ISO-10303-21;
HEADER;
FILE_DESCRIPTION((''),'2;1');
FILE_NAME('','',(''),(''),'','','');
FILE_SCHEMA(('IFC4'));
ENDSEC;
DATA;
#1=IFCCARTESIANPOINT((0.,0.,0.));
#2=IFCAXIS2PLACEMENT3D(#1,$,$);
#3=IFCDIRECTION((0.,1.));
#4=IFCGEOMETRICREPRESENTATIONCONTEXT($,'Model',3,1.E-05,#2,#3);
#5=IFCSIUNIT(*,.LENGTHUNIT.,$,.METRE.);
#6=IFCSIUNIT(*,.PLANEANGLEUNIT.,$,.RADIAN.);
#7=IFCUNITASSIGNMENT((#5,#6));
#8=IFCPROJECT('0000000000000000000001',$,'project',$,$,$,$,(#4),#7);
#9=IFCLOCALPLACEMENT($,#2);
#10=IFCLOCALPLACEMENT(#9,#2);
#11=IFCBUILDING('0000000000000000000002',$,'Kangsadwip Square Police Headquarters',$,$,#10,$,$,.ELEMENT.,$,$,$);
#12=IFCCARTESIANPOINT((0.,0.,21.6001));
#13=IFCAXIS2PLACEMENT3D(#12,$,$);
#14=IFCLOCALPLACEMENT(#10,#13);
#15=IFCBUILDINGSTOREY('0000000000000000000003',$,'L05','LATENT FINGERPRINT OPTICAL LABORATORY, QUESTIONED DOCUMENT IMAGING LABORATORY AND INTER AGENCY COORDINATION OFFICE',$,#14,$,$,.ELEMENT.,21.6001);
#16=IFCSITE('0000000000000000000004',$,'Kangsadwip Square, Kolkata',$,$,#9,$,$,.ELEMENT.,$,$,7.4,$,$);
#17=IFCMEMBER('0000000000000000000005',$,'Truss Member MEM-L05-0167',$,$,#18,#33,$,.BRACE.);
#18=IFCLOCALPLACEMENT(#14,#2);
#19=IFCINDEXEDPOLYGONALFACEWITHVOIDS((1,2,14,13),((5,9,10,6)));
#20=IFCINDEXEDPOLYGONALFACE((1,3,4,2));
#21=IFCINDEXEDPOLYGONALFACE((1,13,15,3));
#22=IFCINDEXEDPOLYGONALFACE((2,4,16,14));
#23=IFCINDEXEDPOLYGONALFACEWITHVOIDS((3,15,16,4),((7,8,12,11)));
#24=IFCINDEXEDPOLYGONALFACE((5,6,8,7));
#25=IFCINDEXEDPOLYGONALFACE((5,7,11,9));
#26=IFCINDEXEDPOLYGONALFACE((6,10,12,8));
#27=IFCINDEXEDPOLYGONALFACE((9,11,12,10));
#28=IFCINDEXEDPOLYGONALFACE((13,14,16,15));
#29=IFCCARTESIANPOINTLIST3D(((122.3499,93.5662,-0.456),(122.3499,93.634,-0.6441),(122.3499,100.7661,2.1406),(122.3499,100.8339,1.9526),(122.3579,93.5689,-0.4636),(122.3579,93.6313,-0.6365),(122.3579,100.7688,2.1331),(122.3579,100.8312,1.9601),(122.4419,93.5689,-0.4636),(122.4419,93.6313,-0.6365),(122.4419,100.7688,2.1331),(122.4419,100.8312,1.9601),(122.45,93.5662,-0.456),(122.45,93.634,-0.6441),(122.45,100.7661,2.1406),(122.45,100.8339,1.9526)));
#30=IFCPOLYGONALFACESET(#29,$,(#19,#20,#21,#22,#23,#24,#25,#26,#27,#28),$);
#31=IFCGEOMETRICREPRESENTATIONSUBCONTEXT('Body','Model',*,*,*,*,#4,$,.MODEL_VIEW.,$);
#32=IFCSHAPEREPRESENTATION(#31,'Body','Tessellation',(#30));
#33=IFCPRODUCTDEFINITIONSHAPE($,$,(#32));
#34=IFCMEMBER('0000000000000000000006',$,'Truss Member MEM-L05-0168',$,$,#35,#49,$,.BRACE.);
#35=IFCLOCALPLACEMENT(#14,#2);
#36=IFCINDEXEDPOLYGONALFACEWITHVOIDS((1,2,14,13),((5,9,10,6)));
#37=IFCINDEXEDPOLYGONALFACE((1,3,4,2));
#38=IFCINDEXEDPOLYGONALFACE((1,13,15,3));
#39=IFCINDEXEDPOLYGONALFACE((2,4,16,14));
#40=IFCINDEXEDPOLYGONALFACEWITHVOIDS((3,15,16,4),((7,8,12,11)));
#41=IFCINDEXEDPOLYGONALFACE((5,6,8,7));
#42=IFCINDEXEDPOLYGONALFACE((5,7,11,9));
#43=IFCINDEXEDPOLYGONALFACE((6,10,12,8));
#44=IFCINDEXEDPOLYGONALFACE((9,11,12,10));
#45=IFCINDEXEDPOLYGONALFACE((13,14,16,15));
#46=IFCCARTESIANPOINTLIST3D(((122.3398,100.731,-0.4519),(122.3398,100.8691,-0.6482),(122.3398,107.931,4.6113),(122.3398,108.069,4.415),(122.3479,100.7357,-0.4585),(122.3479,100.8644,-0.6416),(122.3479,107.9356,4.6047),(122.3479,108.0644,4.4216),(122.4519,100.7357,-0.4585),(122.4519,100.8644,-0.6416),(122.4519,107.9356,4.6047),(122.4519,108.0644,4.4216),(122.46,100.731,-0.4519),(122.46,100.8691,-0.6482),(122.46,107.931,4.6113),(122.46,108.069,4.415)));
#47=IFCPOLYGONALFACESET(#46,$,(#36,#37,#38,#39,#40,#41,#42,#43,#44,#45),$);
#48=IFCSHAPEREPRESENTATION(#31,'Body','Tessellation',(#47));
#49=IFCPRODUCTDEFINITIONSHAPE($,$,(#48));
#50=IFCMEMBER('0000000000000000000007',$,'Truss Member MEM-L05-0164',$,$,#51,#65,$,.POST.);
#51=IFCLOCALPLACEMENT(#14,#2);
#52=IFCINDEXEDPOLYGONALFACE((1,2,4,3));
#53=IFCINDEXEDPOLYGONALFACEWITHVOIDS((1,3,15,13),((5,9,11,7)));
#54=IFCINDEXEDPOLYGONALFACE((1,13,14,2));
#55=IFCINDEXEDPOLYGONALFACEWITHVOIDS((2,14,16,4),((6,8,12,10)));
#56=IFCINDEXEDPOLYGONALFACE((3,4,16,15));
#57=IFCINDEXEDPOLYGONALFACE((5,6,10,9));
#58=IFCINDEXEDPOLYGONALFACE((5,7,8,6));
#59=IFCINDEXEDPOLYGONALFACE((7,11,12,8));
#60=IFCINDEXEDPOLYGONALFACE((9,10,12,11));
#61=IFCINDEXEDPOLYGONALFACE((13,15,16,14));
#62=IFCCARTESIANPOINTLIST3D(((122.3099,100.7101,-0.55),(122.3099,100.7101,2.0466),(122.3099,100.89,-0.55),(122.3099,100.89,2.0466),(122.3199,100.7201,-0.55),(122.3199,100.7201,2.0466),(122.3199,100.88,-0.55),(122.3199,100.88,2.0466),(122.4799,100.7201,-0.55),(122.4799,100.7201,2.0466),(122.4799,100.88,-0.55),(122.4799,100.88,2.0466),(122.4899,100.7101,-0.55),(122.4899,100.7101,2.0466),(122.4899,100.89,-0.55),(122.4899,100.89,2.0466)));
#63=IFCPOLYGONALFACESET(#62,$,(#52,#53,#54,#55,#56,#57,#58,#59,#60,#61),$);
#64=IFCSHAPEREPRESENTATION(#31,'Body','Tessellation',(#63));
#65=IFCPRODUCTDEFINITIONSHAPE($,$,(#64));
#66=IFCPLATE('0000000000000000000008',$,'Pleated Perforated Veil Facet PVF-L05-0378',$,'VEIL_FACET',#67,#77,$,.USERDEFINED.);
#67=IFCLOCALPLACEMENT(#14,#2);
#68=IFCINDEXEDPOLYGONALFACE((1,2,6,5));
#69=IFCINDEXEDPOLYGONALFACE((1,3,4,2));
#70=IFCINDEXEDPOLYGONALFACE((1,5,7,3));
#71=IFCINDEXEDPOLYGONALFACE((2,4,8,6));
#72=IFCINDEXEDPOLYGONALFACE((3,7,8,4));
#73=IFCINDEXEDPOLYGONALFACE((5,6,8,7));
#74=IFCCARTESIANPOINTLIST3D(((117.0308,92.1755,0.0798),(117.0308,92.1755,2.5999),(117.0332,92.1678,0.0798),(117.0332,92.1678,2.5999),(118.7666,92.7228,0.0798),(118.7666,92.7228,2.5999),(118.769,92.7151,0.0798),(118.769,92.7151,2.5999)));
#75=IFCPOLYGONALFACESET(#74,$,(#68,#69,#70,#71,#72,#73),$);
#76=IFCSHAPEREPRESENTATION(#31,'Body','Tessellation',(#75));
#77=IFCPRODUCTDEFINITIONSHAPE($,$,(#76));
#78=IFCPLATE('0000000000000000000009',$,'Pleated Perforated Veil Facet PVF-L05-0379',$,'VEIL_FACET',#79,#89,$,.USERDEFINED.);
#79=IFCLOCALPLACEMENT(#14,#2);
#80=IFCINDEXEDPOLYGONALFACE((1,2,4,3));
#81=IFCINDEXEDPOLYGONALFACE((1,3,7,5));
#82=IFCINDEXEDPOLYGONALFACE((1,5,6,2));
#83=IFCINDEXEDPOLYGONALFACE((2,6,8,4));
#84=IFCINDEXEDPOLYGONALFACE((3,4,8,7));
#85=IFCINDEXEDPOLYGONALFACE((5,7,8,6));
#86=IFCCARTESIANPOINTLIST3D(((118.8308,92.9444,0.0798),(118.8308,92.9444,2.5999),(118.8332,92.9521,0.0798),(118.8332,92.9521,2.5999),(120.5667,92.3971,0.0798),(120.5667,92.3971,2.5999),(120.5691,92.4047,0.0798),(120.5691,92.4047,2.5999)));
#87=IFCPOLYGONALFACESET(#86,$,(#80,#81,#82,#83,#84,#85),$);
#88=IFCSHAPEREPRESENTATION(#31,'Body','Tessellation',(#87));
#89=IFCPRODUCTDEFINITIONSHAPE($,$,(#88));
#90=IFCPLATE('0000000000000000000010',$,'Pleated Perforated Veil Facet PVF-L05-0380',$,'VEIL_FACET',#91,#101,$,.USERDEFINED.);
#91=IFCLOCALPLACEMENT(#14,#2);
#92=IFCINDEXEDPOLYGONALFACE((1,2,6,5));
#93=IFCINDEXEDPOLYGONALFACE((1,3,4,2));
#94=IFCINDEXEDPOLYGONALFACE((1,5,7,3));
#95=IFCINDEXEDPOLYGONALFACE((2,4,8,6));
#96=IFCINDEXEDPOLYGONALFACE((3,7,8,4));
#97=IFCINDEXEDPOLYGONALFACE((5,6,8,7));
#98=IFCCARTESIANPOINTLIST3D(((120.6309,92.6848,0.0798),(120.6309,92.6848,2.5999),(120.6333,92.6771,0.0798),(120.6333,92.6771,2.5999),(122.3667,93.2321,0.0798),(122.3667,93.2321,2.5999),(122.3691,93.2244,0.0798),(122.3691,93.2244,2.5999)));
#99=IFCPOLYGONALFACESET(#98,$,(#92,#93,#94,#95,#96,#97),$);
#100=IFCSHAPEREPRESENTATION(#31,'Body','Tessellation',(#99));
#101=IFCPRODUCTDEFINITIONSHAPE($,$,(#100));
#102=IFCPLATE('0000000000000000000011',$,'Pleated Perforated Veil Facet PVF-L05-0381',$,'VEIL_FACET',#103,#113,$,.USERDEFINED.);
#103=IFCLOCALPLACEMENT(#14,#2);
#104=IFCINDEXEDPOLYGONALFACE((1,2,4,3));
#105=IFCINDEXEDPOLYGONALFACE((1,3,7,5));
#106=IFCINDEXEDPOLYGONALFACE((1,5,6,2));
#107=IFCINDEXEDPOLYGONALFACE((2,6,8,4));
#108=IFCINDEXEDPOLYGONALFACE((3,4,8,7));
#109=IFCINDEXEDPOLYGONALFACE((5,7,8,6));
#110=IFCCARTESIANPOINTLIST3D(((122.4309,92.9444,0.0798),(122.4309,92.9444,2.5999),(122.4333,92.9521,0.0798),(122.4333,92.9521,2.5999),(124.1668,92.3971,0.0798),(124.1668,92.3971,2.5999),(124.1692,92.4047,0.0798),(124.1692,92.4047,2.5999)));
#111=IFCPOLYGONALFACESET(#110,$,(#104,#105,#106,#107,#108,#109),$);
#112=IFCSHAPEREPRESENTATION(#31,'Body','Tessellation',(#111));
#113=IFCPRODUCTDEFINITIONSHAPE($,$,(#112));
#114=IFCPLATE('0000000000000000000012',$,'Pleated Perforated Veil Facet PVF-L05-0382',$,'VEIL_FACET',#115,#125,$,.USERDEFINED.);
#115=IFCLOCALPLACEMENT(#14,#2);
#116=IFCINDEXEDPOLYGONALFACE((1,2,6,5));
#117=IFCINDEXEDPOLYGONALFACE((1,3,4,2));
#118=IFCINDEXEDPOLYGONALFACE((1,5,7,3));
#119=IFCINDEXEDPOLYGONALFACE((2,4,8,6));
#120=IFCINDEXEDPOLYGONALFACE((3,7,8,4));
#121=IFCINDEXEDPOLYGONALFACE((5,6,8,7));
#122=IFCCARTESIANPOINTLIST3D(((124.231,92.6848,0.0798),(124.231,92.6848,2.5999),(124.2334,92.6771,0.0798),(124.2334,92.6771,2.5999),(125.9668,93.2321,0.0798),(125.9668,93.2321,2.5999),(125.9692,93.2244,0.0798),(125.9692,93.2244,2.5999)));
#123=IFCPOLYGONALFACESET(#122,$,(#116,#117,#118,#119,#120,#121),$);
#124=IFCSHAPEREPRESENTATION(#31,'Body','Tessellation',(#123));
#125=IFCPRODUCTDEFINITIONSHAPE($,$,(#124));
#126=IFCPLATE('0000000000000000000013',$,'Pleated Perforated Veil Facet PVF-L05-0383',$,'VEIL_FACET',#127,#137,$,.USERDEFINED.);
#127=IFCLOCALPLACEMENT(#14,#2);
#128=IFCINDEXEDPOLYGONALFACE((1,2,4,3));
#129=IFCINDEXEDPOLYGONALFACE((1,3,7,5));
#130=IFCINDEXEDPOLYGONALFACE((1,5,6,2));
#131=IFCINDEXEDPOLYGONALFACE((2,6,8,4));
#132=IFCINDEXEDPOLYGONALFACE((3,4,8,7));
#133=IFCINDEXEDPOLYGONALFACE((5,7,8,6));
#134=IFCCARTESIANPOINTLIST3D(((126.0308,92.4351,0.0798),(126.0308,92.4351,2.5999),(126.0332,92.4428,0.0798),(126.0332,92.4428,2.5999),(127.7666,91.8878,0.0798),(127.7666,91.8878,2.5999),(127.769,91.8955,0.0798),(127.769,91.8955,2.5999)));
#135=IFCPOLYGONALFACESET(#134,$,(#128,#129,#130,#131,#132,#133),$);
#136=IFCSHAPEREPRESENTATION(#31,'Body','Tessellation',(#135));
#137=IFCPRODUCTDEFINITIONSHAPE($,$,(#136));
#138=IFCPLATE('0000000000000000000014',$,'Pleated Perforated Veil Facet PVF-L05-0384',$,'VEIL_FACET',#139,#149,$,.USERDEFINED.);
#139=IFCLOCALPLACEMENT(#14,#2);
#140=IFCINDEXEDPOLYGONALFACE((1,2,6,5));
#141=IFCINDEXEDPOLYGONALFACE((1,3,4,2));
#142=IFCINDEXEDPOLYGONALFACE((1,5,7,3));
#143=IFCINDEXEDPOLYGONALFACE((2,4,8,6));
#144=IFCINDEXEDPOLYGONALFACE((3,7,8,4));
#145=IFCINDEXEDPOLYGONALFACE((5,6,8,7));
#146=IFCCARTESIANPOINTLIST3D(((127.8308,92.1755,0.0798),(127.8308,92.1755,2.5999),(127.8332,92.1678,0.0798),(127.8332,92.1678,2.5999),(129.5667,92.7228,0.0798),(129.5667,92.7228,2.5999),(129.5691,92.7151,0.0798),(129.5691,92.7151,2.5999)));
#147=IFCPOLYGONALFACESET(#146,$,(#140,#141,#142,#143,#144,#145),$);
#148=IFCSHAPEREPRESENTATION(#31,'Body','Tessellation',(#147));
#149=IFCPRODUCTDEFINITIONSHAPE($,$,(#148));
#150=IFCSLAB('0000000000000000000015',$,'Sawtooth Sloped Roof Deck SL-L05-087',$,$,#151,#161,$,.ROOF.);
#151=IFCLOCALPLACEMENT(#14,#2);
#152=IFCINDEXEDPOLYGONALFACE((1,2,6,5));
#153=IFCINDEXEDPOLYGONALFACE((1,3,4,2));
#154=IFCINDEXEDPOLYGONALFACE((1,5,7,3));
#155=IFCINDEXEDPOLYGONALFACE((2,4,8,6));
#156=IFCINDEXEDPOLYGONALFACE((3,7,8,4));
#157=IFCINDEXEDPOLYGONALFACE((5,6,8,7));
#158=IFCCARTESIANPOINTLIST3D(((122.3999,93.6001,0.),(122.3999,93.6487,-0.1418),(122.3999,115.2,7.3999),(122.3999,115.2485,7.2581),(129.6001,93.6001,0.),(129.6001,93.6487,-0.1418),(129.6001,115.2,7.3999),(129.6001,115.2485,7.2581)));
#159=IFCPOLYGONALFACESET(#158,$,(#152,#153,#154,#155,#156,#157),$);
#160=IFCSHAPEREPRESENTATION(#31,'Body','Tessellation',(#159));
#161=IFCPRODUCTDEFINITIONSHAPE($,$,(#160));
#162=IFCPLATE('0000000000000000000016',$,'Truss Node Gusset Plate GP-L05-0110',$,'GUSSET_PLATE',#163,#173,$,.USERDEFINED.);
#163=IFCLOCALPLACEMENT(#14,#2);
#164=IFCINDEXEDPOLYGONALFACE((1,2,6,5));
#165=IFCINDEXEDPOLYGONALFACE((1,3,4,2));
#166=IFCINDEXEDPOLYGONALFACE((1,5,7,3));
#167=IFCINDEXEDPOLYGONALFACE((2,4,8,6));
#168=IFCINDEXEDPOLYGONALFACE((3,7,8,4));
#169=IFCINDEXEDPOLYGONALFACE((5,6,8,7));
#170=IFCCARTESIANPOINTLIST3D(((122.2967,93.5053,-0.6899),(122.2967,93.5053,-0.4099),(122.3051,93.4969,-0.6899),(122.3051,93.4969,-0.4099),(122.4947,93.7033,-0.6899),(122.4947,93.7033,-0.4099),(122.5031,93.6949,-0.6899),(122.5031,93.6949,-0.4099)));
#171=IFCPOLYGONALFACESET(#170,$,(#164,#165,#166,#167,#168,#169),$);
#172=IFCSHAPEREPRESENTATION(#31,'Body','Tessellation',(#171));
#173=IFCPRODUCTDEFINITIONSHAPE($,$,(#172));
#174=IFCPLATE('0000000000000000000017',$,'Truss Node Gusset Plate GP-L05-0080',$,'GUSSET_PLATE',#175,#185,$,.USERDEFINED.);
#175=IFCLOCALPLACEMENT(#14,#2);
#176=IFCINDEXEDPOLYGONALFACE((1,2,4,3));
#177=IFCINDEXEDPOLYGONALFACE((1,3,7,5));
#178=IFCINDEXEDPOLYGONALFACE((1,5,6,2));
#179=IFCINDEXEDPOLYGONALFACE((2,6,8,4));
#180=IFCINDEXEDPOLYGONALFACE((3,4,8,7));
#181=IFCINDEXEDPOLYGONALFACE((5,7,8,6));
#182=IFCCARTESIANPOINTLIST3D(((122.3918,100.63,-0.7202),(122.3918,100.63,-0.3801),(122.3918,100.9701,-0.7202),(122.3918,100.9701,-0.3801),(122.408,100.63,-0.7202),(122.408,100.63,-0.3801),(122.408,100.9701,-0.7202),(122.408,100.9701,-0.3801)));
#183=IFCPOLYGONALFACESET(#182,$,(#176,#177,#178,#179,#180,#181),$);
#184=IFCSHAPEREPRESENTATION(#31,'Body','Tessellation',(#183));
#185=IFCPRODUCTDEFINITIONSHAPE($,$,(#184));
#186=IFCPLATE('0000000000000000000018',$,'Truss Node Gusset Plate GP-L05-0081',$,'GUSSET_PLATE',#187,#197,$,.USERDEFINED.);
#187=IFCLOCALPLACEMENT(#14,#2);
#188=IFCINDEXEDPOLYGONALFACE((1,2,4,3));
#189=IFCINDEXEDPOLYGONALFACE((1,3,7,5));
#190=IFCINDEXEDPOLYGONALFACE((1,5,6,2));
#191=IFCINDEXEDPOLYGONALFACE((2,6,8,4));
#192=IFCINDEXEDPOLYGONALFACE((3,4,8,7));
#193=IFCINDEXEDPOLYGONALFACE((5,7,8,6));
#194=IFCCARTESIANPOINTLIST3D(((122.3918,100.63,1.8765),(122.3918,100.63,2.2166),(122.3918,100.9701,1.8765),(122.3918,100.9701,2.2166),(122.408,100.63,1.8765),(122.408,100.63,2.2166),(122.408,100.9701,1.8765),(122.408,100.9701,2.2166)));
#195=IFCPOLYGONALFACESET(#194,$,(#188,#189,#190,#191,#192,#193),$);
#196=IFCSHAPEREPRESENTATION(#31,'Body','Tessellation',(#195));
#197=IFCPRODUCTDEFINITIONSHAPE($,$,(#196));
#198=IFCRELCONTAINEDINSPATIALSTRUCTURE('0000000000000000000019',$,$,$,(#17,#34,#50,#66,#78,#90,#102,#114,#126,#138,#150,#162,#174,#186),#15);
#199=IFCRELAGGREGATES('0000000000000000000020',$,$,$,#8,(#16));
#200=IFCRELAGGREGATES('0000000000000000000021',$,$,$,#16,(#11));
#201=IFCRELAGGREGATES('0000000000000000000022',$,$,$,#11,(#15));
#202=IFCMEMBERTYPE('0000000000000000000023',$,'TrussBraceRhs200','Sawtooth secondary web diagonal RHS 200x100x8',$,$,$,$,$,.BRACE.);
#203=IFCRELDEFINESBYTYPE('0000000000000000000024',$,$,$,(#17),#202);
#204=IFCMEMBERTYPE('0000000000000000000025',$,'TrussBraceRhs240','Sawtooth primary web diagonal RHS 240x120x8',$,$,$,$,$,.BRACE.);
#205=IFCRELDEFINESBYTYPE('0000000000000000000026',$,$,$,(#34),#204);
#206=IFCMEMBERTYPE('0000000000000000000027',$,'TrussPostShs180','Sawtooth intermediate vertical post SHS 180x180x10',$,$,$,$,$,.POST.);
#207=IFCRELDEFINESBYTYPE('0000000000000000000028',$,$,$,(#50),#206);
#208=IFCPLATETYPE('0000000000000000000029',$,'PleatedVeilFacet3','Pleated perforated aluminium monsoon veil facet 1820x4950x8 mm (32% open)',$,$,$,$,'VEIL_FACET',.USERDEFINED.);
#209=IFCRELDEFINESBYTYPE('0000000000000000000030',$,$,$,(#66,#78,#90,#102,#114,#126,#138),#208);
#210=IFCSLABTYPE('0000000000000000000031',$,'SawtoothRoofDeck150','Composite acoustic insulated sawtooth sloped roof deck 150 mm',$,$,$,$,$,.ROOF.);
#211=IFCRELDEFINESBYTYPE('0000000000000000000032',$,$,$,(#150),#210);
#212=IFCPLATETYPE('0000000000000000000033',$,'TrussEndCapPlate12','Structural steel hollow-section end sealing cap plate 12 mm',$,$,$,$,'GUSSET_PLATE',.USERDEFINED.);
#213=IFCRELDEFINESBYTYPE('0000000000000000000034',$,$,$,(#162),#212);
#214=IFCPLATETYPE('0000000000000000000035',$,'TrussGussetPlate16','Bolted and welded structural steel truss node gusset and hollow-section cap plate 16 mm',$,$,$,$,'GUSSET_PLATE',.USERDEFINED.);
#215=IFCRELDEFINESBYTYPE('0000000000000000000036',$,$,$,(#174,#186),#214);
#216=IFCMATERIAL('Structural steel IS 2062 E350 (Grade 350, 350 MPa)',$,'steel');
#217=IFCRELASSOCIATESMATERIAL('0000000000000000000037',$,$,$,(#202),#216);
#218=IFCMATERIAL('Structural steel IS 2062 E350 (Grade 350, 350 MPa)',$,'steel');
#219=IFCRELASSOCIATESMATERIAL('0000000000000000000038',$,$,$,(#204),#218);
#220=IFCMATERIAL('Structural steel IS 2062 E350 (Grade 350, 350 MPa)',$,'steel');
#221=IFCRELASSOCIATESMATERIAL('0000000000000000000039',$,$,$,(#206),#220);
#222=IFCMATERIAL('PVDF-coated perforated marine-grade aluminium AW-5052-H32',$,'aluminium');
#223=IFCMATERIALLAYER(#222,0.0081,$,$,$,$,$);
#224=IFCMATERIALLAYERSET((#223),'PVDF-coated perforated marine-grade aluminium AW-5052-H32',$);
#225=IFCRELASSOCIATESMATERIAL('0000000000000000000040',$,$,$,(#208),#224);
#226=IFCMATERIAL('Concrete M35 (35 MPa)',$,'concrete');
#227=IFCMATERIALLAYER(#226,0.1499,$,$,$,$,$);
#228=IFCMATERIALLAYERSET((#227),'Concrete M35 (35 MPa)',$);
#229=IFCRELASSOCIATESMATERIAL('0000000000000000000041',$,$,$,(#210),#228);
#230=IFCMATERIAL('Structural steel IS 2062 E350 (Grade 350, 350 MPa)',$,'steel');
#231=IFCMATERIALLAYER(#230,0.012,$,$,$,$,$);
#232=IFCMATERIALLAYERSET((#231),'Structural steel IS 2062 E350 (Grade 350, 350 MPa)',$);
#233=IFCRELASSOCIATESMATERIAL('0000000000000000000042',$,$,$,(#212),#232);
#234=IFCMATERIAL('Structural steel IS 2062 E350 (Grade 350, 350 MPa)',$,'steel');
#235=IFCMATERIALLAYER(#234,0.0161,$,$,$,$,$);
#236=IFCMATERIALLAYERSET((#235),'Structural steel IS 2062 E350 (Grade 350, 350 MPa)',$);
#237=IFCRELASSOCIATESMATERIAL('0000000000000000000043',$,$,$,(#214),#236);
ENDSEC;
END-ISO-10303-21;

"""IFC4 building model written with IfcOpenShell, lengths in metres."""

from ifc_helpers import new_model, si_unit, direction, frame, origin, origin_2d, place, context, subcontext, project, spatial, polyline, rectangle, hollow_rectangle, outline, extrude, material, layer, layer_set, material_profile, profile_set, type_object, element, save


model = new_model("IFC4")

# Units and contexts
model_context = context("Model", 3, precision=1e-05, world=origin(), true_north=direction((0.0, 1.0)))
body_context = subcontext(model_context, "Body", "Model", "MODEL_VIEW")
ifc_project = project(units=[si_unit("LENGTHUNIT", "METRE"), si_unit("PLANEANGLEUNIT", "RADIAN")], contexts=[model_context])

# Site, building, storey
site_placement = place(None, origin())
site = spatial("IfcSite", under=ifc_project, at=site_placement, Name="Kangsadwip Square, Kolkata", CompositionType="ELEMENT", RefElevation=7.4)
building_placement = place(site_placement, origin())
building = spatial("IfcBuilding", under=site, at=building_placement, Name="Kangsadwip Square Police Headquarters", CompositionType="ELEMENT")
storey_placement = place(building_placement, frame((0.0, 0.0, 21.6001)))
storey = spatial("IfcBuildingStorey", under=building, at=storey_placement, Name="L05", Description="LATENT FINGERPRINT OPTICAL LABORATORY, QUESTIONED DOCUMENT IMAGING LABORATORY AND INTER AGENCY COORDINATION OFFICE", CompositionType="ELEMENT", Elevation=21.6001)

# Members
ifc_material_1 = material(Name="Structural steel IS 2062 E350 (Grade 350, 350 MPa)", Category="steel")
ifc_material_profile_1 = material_profile(ifc_material_1, hollow_rectangle(XDim=0.1001, YDim=0.2, WallThickness=0.0081, at=origin_2d()), Name="RHS 200X100X8")
ifc_profile_set_1 = profile_set([ifc_material_profile_1], Name="Structural steel IS 2062 E350 (Grade 350, 350 MPa)")
member_type_1 = type_object("IfcMemberType", Name="TrussBraceRhs200", Description="Sawtooth secondary web diagonal RHS 200x100x8", PredefinedType="BRACE", material=ifc_profile_set_1)
member_1_placement = place(storey_placement, frame((122.3999, 93.6001, -0.55), z_axis=(0.0, 0.940692, 0.339263), x_axis=(-1.0, 0.0, 0.0)))
element("IfcMember", 1, at=member_1_placement, inside=storey, type_object=member_type_1, Name="Truss Member MEM-L05-0167", PredefinedType="BRACE", context=body_context, shape_type="SweptSolid", body=[
    extrude(hollow_rectangle(XDim=0.1001, YDim=0.2, WallThickness=0.0081, at=origin_2d()), origin(), (0.0, 0.0, 1.0), 7.6538),
])
ifc_material_2 = material(Name="Structural steel IS 2062 E350 (Grade 350, 350 MPa)", Category="steel")
ifc_material_profile_2 = material_profile(ifc_material_2, hollow_rectangle(XDim=0.1201, YDim=0.24, WallThickness=0.0081, at=origin_2d()), Name="RHS 240X120X8")
ifc_profile_set_2 = profile_set([ifc_material_profile_2], Name="Structural steel IS 2062 E350 (Grade 350, 350 MPa)")
member_type_2 = type_object("IfcMemberType", Name="TrussBraceRhs240", Description="Sawtooth primary web diagonal RHS 240x120x8", PredefinedType="BRACE", material=ifc_profile_set_2)
member_2_placement = place(storey_placement, frame((122.3999, 100.8, -0.55), z_axis=(0.0, 0.817988, 0.575235), x_axis=(-1.0, 0.0, 0.0)))
element("IfcMember", 2, at=member_2_placement, inside=storey, type_object=member_type_2, Name="Truss Member MEM-L05-0168", PredefinedType="BRACE", context=body_context, shape_type="SweptSolid", body=[
    extrude(hollow_rectangle(XDim=0.1201, YDim=0.24, WallThickness=0.0081, at=origin_2d()), origin(), (0.0, 0.0, 1.0), 8.802),
])
ifc_material_3 = material(Name="Structural steel IS 2062 E350 (Grade 350, 350 MPa)", Category="steel")
ifc_material_profile_3 = material_profile(ifc_material_3, hollow_rectangle(XDim=0.1799, YDim=0.1799, WallThickness=0.01, at=origin_2d()), Name="SHS 180X180X10")
ifc_profile_set_3 = profile_set([ifc_material_profile_3], Name="Structural steel IS 2062 E350 (Grade 350, 350 MPa)")
member_type_3 = type_object("IfcMemberType", Name="TrussPostShs180", Description="Sawtooth intermediate vertical post SHS 180x180x10", PredefinedType="POST", material=ifc_profile_set_3)
member_3_placement = place(storey_placement, frame((122.3999, 100.8, -0.55), z_axis=(0.0, 0.0, 1.0), x_axis=(1.0, 0.0, 0.0)))
element("IfcMember", 3, at=member_3_placement, inside=storey, type_object=member_type_3, Name="Truss Member MEM-L05-0164", PredefinedType="POST", context=body_context, shape_type="SweptSolid", body=[
    extrude(hollow_rectangle(XDim=0.1799, YDim=0.1799, WallThickness=0.01, at=origin_2d()), origin(), (0.0, 0.0, 1.0), 2.5967),
])

# Plates
ifc_material_4 = material(Name="PVDF-coated perforated marine-grade aluminium AW-5052-H32", Category="aluminium")
ifc_layer_1 = layer(ifc_material_4, 0.0081)
ifc_layer_set_1 = layer_set([ifc_layer_1], Name="PVDF-coated perforated marine-grade aluminium AW-5052-H32")
plate_type_1 = type_object("IfcPlateType", Name="PleatedVeilFacet3", Description="Pleated perforated aluminium monsoon veil facet 1820x4950x8 mm (32% open)", ElementType="VEIL_FACET", PredefinedType="USERDEFINED", material=ifc_layer_set_1)
for number, where, z_axis, x_axis, name in (
    (4, (117.8999, 92.4453, 0.0798), (0.0, 0.0, 1.0), (0.953717, 0.300706, 0.0), "Pleated Perforated Veil Facet PVF-L05-0378"),
    (5, (119.7, 92.6746, 0.0798), (0.0, 0.0, 1.0), (0.953717, -0.300706, 0.0), "Pleated Perforated Veil Facet PVF-L05-0379"),
    (6, (121.5, 92.9546, 0.0798), (0.0, 0.0, 1.0), (0.953717, 0.300706, 0.0), "Pleated Perforated Veil Facet PVF-L05-0380"),
    (7, (123.3, 92.6746, 0.0798), (0.0, 0.0, 1.0), (0.953717, -0.300706, 0.0), "Pleated Perforated Veil Facet PVF-L05-0381"),
    (8, (125.1001, 92.9546, 0.0798), (0.0, 0.0, 1.0), (0.953717, 0.300706, 0.0), "Pleated Perforated Veil Facet PVF-L05-0382"),
    (9, (126.8999, 92.1653, 0.0798), (0.0, 0.0, 1.0), (0.953717, -0.300706, 0.0), "Pleated Perforated Veil Facet PVF-L05-0383"),
    (10, (128.7, 92.4453, 0.0798), (0.0, 0.0, 1.0), (0.953717, 0.300706, 0.0), "Pleated Perforated Veil Facet PVF-L05-0384"),
):
    element("IfcPlate", number, at=place(storey_placement, frame(where, z_axis=z_axis, x_axis=x_axis)), inside=storey, type_object=plate_type_1, Name=name, ObjectType="VEIL_FACET", PredefinedType="USERDEFINED", context=body_context, shape_type="SweptSolid", body=[
        extrude(rectangle(XDim=1.8201, YDim=0.0081, at=origin_2d()), origin(), (0.0, 0.0, 1.0), 2.52),
    ])

# Slab
ifc_material_5 = material(Name="Concrete M35 (35 MPa)", Category="concrete")
ifc_layer_2 = layer(ifc_material_5, 0.1499)
ifc_layer_set_2 = layer_set([ifc_layer_2], Name="Concrete M35 (35 MPa)")
slab_type = type_object("IfcSlabType", Name="SawtoothRoofDeck150", Description="Composite acoustic insulated sawtooth sloped roof deck 150 mm", PredefinedType="ROOF", material=ifc_layer_set_2)
slab_placement = place(storey_placement, frame((122.3999, 93.6001, 0.0), z_axis=(0.0, -0.324099, 0.946023), x_axis=(1.0, 0.0, 0.0)))
element("IfcSlab", 11, at=slab_placement, inside=storey, type_object=slab_type, Name="Sawtooth Sloped Roof Deck SL-L05-087", PredefinedType="ROOF", context=body_context, shape_type="SweptSolid", body=[
    extrude(outline(polyline([(0.0, 0.0), (7.2002, 0.0), (7.2002, 22.8323), (0.0, 22.8323), (0.0, 0.0)])), origin(), (0.0, 0.0, -1.0), 0.1499),
])

# Plates
ifc_material_6 = material(Name="Structural steel IS 2062 E350 (Grade 350, 350 MPa)", Category="steel")
ifc_layer_3 = layer(ifc_material_6, 0.012)
ifc_layer_set_3 = layer_set([ifc_layer_3], Name="Structural steel IS 2062 E350 (Grade 350, 350 MPa)")
plate_type_2 = type_object("IfcPlateType", Name="TrussEndCapPlate12", Description="Structural steel hollow-section end sealing cap plate 12 mm", ElementType="GUSSET_PLATE", PredefinedType="USERDEFINED", material=ifc_layer_set_3)
plate_placement = place(storey_placement, frame((122.3999, 93.6001, -0.6899), z_axis=(0.0, 0.0, 1.0), x_axis=(0.707107, 0.707107, 0.0)))
element("IfcPlate", 12, at=plate_placement, inside=storey, type_object=plate_type_2, Name="Truss Node Gusset Plate GP-L05-0110", ObjectType="GUSSET_PLATE", PredefinedType="USERDEFINED", context=body_context, shape_type="SweptSolid", body=[
    extrude(rectangle(XDim=0.28, YDim=0.012, at=origin_2d()), origin(), (0.0, 0.0, 1.0), 0.28),
])
ifc_material_7 = material(Name="Structural steel IS 2062 E350 (Grade 350, 350 MPa)", Category="steel")
ifc_layer_4 = layer(ifc_material_7, 0.0161)
ifc_layer_set_4 = layer_set([ifc_layer_4], Name="Structural steel IS 2062 E350 (Grade 350, 350 MPa)")
plate_type_3 = type_object("IfcPlateType", Name="TrussGussetPlate16", Description="Bolted and welded structural steel truss node gusset and hollow-section cap plate 16 mm", ElementType="GUSSET_PLATE", PredefinedType="USERDEFINED", material=ifc_layer_set_4)
for number, where, z_axis, x_axis, name in (
    (13, (122.3999, 100.8, -0.7202), (0.0, 0.0, 1.0), (0.0, 1.0, 0.0), "Truss Node Gusset Plate GP-L05-0080"),
    (14, (122.3999, 100.8, 1.8765), (0.0, 0.0, 1.0), (0.0, 1.0, 0.0), "Truss Node Gusset Plate GP-L05-0081"),
):
    element("IfcPlate", number, at=place(storey_placement, frame(where, z_axis=z_axis, x_axis=x_axis)), inside=storey, type_object=plate_type_3, Name=name, ObjectType="GUSSET_PLATE", PredefinedType="USERDEFINED", context=body_context, shape_type="SweptSolid", body=[
        extrude(rectangle(XDim=0.3401, YDim=0.0161, at=origin_2d()), origin(), (0.0, 0.0, 1.0), 0.3401),
    ])

save(model, "model.ifc")
